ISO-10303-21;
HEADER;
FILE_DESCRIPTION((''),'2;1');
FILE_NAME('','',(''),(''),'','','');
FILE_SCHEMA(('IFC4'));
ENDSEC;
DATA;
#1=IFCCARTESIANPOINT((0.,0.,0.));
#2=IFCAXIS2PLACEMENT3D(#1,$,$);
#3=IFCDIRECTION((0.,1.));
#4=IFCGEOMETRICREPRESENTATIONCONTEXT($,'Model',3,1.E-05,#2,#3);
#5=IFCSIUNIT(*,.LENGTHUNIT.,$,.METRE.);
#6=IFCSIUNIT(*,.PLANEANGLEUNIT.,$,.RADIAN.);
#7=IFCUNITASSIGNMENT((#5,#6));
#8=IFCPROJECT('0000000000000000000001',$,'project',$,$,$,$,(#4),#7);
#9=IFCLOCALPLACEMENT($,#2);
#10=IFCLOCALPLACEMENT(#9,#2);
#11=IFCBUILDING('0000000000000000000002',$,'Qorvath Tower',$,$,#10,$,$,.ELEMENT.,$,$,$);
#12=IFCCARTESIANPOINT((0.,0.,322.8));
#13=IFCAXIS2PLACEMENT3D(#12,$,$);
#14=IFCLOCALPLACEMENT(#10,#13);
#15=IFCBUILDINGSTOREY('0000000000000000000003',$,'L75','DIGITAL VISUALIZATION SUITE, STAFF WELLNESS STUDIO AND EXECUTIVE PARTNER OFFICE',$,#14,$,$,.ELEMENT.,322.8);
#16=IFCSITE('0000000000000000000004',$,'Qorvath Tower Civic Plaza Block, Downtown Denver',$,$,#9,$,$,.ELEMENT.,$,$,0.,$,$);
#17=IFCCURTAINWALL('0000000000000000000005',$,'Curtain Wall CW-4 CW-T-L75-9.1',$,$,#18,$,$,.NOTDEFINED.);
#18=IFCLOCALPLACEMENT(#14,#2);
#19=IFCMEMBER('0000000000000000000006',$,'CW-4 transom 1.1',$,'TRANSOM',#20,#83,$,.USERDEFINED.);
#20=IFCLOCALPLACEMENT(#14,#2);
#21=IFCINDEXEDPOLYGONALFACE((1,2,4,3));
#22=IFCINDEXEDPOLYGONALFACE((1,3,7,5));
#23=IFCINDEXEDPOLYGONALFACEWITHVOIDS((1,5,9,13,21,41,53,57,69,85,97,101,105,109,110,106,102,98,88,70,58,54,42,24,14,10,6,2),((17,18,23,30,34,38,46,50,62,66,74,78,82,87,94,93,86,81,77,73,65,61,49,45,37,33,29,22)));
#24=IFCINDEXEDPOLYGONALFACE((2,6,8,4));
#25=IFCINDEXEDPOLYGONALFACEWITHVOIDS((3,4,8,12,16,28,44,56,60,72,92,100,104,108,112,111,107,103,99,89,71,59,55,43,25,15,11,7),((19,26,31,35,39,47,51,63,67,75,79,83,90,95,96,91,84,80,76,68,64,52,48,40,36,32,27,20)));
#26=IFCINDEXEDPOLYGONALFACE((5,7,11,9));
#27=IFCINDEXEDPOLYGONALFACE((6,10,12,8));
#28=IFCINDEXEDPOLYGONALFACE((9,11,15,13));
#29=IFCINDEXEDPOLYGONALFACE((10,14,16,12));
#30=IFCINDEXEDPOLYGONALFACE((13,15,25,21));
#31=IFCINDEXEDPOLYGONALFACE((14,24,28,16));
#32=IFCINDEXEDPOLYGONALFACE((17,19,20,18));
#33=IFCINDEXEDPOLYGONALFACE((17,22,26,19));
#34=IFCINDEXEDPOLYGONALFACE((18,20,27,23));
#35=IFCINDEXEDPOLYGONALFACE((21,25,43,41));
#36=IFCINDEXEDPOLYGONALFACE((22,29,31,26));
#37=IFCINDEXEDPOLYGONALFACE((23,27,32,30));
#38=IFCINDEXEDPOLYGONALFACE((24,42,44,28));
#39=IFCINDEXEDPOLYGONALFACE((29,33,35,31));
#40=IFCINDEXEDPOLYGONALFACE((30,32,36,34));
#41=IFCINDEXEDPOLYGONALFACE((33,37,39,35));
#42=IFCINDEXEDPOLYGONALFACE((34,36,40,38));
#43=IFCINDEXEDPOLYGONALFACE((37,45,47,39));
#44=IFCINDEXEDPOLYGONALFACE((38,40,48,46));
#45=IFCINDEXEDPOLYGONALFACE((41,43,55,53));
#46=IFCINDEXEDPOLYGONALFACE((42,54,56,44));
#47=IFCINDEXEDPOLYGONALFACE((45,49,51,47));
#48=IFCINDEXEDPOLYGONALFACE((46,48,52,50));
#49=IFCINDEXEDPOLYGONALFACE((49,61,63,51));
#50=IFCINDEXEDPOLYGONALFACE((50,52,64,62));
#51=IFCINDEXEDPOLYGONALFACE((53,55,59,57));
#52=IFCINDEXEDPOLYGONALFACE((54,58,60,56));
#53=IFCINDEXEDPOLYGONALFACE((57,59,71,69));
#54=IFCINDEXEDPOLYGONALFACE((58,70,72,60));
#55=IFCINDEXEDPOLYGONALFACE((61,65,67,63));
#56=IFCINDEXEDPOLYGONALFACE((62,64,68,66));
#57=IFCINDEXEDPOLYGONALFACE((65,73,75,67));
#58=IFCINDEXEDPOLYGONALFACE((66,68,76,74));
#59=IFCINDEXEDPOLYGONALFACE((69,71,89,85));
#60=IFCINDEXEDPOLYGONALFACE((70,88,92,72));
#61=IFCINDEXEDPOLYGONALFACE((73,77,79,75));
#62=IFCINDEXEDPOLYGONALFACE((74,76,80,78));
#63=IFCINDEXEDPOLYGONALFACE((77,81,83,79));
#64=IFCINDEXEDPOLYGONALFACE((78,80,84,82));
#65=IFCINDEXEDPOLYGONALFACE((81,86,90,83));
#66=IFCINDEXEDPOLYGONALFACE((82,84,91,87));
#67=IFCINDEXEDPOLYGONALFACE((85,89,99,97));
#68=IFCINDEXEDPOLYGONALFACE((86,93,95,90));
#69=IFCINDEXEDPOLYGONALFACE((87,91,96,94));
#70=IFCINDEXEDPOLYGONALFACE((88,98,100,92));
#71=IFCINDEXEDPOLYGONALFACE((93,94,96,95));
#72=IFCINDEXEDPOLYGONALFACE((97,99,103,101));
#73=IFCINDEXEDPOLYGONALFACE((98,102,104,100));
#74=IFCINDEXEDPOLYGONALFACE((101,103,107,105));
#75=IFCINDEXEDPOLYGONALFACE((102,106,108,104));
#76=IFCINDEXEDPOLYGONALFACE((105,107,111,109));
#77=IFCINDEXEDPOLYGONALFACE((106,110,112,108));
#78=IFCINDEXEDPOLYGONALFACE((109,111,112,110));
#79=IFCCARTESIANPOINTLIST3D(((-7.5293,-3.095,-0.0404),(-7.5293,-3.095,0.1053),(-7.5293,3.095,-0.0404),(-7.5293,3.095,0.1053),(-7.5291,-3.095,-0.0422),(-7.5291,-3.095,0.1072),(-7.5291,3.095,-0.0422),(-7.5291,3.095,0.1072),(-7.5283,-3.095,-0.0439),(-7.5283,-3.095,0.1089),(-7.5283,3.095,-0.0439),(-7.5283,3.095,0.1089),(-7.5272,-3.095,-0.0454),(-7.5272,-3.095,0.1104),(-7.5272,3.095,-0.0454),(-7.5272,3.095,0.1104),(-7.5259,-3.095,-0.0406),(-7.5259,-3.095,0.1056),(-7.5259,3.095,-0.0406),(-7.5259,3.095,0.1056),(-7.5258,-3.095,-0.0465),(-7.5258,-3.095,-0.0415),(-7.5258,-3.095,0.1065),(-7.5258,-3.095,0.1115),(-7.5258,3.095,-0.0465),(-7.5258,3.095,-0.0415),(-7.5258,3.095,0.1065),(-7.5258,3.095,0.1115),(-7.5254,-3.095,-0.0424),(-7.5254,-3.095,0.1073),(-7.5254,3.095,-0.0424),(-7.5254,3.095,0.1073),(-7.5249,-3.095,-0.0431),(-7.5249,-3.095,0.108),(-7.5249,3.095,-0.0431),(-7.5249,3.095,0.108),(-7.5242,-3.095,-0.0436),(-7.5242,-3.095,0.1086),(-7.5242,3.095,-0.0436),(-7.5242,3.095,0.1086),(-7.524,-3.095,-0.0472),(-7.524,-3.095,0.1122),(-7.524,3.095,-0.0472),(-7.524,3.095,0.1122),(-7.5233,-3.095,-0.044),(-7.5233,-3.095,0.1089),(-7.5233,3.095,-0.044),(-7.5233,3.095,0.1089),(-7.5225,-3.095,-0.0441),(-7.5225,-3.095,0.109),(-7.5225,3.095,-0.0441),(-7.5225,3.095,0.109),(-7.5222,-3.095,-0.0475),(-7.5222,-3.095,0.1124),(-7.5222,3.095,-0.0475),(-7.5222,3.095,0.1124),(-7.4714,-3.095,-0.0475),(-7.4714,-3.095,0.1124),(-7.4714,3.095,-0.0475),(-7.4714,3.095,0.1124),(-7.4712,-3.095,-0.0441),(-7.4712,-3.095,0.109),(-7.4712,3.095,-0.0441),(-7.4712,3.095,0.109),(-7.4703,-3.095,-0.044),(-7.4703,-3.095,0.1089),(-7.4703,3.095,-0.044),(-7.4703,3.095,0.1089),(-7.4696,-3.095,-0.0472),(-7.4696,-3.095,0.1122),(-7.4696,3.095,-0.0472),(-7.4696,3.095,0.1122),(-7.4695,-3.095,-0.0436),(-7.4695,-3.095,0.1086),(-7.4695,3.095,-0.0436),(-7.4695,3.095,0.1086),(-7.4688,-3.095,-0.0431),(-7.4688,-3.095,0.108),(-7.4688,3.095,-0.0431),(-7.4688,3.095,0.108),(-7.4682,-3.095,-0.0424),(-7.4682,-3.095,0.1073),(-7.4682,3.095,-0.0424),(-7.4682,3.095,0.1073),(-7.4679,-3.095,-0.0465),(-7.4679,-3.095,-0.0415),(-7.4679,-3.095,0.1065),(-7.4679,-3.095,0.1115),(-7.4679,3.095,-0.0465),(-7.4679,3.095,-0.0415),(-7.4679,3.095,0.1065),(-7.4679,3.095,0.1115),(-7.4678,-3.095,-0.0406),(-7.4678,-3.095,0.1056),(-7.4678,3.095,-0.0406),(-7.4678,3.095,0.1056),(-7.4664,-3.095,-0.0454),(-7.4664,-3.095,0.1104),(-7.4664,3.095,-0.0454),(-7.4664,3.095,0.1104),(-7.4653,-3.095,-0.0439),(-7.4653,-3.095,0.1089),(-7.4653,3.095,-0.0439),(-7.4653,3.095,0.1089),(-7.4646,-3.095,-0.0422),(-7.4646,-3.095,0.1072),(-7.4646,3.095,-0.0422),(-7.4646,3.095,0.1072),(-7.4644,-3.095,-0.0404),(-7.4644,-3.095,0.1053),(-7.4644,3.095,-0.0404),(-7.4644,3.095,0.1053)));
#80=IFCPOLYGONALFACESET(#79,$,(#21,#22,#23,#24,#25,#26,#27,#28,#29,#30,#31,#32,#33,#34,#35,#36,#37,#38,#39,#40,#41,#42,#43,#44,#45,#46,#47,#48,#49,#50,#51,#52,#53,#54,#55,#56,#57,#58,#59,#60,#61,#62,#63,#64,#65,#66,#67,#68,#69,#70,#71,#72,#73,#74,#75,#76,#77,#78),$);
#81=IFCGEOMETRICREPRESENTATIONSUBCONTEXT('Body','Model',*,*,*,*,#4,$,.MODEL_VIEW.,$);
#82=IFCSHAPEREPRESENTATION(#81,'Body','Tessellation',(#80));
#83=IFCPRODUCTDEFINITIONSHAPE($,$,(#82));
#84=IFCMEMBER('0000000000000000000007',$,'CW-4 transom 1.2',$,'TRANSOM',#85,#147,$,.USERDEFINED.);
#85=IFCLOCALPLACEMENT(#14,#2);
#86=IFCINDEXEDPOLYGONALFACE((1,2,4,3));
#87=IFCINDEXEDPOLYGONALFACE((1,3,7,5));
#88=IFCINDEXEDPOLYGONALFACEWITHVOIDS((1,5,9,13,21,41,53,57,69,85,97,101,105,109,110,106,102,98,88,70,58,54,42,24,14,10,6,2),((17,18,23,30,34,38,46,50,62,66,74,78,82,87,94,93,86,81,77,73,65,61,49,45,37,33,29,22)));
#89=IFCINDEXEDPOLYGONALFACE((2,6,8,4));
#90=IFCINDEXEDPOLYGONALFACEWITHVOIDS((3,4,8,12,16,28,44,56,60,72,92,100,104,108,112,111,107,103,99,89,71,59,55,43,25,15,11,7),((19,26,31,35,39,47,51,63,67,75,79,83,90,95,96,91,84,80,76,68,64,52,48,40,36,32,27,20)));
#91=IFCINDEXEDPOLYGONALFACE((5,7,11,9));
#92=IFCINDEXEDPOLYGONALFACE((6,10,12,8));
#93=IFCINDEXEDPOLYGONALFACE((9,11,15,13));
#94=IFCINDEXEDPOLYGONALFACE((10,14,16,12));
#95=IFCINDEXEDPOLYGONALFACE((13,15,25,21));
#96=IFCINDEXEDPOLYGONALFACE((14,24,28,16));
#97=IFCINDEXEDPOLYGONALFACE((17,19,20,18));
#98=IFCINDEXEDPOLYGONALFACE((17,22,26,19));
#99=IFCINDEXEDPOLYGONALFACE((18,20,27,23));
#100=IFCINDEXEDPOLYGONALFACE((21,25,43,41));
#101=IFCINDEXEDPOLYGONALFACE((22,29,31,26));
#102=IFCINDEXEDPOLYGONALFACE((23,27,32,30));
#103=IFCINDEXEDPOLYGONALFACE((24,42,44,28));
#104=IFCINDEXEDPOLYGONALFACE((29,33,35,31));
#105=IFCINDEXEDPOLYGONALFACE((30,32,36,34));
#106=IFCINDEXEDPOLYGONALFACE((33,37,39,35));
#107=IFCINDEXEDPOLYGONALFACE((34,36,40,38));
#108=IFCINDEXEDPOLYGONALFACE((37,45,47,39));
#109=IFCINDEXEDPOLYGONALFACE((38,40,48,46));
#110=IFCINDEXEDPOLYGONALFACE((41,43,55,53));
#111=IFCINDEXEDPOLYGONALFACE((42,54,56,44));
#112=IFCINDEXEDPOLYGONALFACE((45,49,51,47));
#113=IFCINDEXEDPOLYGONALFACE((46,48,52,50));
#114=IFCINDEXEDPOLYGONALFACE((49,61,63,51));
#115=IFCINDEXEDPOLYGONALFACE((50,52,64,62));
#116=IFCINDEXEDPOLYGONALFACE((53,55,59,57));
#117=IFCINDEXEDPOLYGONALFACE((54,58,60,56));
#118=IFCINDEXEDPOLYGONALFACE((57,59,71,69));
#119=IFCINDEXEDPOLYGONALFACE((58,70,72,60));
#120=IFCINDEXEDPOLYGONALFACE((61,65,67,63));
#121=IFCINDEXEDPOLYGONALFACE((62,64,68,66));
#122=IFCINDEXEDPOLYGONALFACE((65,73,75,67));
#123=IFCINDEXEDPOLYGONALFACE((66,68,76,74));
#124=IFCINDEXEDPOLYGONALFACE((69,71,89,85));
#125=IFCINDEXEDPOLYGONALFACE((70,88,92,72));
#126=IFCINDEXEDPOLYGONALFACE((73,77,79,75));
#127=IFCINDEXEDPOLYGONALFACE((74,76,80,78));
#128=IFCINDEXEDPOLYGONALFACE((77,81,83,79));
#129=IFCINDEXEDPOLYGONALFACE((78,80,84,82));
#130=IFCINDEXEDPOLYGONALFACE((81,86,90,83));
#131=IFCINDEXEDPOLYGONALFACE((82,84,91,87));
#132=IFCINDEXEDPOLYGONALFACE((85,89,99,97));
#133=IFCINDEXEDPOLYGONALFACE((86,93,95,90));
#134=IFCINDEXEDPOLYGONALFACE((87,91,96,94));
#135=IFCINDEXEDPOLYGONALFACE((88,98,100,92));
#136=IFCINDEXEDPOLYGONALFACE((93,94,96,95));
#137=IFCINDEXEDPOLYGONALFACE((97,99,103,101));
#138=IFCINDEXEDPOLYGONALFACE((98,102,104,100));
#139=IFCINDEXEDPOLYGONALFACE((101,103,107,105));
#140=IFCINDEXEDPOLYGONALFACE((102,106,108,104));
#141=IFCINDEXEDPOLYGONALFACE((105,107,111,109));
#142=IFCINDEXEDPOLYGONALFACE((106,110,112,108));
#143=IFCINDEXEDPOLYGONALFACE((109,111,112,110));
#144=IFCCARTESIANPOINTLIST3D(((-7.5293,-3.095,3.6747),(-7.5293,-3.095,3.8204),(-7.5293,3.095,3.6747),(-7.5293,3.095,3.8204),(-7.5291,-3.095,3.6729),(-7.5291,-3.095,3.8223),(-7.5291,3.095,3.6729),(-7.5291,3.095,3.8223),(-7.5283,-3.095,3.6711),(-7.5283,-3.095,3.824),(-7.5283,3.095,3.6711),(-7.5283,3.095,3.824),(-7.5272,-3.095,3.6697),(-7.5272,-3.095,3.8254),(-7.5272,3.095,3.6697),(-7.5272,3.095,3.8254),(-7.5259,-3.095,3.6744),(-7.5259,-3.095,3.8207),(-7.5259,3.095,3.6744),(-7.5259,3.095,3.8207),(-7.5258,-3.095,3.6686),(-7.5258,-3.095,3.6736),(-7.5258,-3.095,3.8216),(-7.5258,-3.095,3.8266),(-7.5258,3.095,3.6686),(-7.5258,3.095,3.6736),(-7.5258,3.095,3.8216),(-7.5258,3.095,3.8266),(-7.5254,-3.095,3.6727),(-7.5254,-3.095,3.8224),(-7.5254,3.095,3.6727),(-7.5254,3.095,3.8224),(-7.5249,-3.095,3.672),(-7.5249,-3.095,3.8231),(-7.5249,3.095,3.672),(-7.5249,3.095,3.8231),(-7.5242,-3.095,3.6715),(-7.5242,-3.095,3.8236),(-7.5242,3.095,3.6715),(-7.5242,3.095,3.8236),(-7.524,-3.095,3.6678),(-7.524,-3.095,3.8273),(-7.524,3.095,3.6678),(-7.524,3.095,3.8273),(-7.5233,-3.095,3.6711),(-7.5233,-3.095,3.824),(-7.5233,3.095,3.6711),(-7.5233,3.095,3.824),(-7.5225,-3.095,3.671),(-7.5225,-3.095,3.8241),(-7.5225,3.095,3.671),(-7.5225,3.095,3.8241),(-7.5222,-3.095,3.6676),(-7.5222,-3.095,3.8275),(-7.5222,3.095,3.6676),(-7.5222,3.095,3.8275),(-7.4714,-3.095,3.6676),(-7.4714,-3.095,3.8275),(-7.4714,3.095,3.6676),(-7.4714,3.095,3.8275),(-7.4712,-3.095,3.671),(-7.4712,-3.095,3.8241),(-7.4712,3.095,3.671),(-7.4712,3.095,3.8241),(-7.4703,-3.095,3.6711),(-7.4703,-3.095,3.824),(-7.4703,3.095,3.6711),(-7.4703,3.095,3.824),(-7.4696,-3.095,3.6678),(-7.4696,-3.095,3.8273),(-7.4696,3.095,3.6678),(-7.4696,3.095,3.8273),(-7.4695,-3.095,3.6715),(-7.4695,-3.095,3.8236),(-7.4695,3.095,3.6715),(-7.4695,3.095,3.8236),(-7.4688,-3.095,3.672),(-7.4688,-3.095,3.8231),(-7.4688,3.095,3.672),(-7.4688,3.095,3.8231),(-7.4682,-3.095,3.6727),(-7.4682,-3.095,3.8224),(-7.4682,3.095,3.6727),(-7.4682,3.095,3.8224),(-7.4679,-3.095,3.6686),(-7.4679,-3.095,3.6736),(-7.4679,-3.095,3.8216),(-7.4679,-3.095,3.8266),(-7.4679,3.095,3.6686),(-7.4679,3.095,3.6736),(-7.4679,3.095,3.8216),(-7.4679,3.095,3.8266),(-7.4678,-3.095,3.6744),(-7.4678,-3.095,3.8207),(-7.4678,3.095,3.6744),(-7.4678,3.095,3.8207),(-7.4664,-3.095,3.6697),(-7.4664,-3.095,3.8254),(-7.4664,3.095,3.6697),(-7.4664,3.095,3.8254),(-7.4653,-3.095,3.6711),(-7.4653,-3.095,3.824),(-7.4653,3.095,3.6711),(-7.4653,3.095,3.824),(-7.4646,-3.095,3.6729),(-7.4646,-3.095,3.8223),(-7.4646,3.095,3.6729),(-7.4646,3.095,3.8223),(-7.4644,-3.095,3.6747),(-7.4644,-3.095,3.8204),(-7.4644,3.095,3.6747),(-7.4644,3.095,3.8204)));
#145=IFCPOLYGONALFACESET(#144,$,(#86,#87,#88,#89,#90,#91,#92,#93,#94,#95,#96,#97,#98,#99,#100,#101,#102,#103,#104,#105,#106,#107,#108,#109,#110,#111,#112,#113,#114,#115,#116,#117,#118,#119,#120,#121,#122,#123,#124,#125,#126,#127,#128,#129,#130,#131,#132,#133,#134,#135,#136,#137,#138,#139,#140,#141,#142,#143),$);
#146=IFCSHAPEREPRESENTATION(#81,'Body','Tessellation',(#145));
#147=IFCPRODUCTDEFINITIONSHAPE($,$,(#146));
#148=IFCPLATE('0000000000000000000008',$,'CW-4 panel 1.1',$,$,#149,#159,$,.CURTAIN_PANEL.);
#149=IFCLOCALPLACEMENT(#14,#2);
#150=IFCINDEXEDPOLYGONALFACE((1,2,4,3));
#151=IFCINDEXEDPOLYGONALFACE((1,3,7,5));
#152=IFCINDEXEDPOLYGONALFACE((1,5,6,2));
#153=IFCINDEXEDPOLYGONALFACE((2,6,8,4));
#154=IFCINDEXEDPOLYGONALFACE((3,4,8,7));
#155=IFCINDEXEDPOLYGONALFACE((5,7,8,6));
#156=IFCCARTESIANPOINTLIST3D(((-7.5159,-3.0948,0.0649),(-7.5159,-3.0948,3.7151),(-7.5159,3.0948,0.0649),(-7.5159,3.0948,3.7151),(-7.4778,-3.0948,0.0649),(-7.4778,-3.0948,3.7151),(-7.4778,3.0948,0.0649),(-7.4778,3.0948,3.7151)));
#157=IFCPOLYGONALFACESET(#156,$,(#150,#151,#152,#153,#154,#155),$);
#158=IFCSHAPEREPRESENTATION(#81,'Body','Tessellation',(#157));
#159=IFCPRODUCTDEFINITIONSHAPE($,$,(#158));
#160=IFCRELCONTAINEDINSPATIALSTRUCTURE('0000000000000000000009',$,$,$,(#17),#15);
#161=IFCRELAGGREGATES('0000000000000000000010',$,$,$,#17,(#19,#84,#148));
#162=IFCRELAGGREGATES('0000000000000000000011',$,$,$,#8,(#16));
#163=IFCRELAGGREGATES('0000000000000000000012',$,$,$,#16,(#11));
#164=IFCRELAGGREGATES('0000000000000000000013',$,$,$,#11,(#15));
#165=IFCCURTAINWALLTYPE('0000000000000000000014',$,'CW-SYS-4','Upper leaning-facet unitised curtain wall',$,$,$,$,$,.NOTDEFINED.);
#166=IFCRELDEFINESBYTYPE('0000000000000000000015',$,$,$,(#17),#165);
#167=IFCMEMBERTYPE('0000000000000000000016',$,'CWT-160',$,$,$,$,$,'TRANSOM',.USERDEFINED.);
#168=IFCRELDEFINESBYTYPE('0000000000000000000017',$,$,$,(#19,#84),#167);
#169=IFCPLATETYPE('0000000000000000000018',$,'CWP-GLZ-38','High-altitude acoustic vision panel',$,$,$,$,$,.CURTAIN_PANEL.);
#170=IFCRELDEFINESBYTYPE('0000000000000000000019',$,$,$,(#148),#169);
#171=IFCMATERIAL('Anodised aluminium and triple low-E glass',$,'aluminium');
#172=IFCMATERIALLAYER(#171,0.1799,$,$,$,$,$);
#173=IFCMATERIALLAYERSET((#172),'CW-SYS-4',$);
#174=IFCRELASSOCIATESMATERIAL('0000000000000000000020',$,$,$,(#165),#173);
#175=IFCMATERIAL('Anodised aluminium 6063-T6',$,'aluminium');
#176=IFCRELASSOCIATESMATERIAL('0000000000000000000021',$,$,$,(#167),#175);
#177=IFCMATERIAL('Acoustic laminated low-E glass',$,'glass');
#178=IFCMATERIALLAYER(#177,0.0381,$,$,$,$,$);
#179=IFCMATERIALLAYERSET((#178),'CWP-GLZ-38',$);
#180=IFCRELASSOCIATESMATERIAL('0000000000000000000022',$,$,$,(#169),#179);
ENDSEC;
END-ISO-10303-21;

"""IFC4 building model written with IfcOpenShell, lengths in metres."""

from ifc_helpers import new_model, si_unit, direction, frame, origin, origin_2d, place, context, subcontext, project, spatial, rectangle, hollow_rectangle, extrude, material, layer, layer_set, material_profile, profile_set, type_object, element, aggregate, save


model = new_model("IFC4")

# Units and contexts
model_context = context("Model", 3, precision=1e-05, world=origin(), true_north=direction((0.0, 1.0)))
body_context = subcontext(model_context, "Body", "Model", "MODEL_VIEW")
ifc_project = project(units=[si_unit("LENGTHUNIT", "METRE"), si_unit("PLANEANGLEUNIT", "RADIAN")], contexts=[model_context])

# Site, building, storey
site_placement = place(None, origin())
site = spatial("IfcSite", under=ifc_project, at=site_placement, Name="Qorvath Tower Civic Plaza Block, Downtown Denver", CompositionType="ELEMENT", RefElevation=0.0)
building_placement = place(site_placement, origin())
building = spatial("IfcBuilding", under=site, at=building_placement, Name="Qorvath Tower", CompositionType="ELEMENT")
storey_placement = place(building_placement, frame((0.0, 0.0, 322.8)))
storey = spatial("IfcBuildingStorey", under=building, at=storey_placement, Name="L75", Description="DIGITAL VISUALIZATION SUITE, STAFF WELLNESS STUDIO AND EXECUTIVE PARTNER OFFICE", CompositionType="ELEMENT", Elevation=322.8)

# Shared definitions
ifc_material_1 = material(Name="Anodised aluminium and triple low-E glass", Category="aluminium")
ifc_layer_1 = layer(ifc_material_1, 0.1799)
ifc_layer_set_1 = layer_set([ifc_layer_1], Name="CW-SYS-4")
curtain_wall_type = type_object("IfcCurtainWallType", Name="CW-SYS-4", Description="Upper leaning-facet unitised curtain wall", PredefinedType="NOTDEFINED", material=ifc_layer_set_1)

# Curtain wall, members, plate
curtain_wall_1_placement = place(storey_placement, origin())
curtain_wall_1 = element("IfcCurtainWall", 1, at=curtain_wall_1_placement, inside=storey, type_object=curtain_wall_type, Name="Curtain Wall CW-4 CW-T-L75-9.1", PredefinedType="NOTDEFINED")
ifc_material_2 = material(Name="Anodised aluminium 6063-T6", Category="aluminium")
ifc_material_profile_1 = material_profile(ifc_material_2, hollow_rectangle(XDim=0.0649, YDim=0.1599, WallThickness=0.0034, InnerFilletRadius=0.0034, OuterFilletRadius=0.0071, at=origin_2d()), Name="CWT 160x65")
ifc_profile_set_1 = profile_set([ifc_material_profile_1], Name="Anodised aluminium 6063-T6")
member_type_1 = type_object("IfcMemberType", Name="CWT-160", ElementType="TRANSOM", PredefinedType="USERDEFINED", material=ifc_profile_set_1)
member_1_placement = place(storey_placement, frame((-7.4968, -3.095, 0.0325), z_axis=(0.0, 1.0, 0.0), x_axis=(-1.0, 0.0, 0.0)))
member_1 = element("IfcMember", 2, at=member_1_placement, type_object=member_type_1, Name="CW-4 transom 1.1", ObjectType="TRANSOM", PredefinedType="USERDEFINED", context=body_context, shape_type="SweptSolid", body=[
    extrude(hollow_rectangle(XDim=0.0649, YDim=0.1599, WallThickness=0.0034, InnerFilletRadius=0.0034, OuterFilletRadius=0.0071, at=origin_2d()), origin(), (0.0, 0.0, 1.0), 6.1899),
])
member_2_placement = place(storey_placement, frame((-7.4968, -3.095, 3.7476), z_axis=(0.0, 1.0, 0.0), x_axis=(-1.0, 0.0, 0.0)))
member_2 = element("IfcMember", 3, at=member_2_placement, type_object=member_type_1, Name="CW-4 transom 1.2", ObjectType="TRANSOM", PredefinedType="USERDEFINED", context=body_context, shape_type="SweptSolid", body=[
    extrude(hollow_rectangle(XDim=0.0649, YDim=0.1599, WallThickness=0.0034, InnerFilletRadius=0.0034, OuterFilletRadius=0.0071, at=origin_2d()), origin(), (0.0, 0.0, 1.0), 6.1899),
])
ifc_material_3 = material(Name="Acoustic laminated low-E glass", Category="glass")
ifc_layer_2 = layer(ifc_material_3, 0.0381)
ifc_layer_set_2 = layer_set([ifc_layer_2], Name="CWP-GLZ-38")
plate_type = type_object("IfcPlateType", Name="CWP-GLZ-38", Description="High-altitude acoustic vision panel", PredefinedType="CURTAIN_PANEL", material=ifc_layer_set_2)
plate_placement = place(storey_placement, frame((-7.4968, 0.0, 0.0649), z_axis=(0.0, 0.0, 1.0), x_axis=(0.0, 1.0, 0.0)))
plate = element("IfcPlate", 4, at=plate_placement, type_object=plate_type, Name="CW-4 panel 1.1", PredefinedType="CURTAIN_PANEL", context=body_context, shape_type="SweptSolid", body=[
    extrude(rectangle(XDim=6.1897, YDim=0.0381, at=origin_2d()), origin(), (0.0, 0.0, 1.0), 3.6501),
])
aggregate(curtain_wall_1, [member_1, member_2, plate])

save(model, "model.ifc")
